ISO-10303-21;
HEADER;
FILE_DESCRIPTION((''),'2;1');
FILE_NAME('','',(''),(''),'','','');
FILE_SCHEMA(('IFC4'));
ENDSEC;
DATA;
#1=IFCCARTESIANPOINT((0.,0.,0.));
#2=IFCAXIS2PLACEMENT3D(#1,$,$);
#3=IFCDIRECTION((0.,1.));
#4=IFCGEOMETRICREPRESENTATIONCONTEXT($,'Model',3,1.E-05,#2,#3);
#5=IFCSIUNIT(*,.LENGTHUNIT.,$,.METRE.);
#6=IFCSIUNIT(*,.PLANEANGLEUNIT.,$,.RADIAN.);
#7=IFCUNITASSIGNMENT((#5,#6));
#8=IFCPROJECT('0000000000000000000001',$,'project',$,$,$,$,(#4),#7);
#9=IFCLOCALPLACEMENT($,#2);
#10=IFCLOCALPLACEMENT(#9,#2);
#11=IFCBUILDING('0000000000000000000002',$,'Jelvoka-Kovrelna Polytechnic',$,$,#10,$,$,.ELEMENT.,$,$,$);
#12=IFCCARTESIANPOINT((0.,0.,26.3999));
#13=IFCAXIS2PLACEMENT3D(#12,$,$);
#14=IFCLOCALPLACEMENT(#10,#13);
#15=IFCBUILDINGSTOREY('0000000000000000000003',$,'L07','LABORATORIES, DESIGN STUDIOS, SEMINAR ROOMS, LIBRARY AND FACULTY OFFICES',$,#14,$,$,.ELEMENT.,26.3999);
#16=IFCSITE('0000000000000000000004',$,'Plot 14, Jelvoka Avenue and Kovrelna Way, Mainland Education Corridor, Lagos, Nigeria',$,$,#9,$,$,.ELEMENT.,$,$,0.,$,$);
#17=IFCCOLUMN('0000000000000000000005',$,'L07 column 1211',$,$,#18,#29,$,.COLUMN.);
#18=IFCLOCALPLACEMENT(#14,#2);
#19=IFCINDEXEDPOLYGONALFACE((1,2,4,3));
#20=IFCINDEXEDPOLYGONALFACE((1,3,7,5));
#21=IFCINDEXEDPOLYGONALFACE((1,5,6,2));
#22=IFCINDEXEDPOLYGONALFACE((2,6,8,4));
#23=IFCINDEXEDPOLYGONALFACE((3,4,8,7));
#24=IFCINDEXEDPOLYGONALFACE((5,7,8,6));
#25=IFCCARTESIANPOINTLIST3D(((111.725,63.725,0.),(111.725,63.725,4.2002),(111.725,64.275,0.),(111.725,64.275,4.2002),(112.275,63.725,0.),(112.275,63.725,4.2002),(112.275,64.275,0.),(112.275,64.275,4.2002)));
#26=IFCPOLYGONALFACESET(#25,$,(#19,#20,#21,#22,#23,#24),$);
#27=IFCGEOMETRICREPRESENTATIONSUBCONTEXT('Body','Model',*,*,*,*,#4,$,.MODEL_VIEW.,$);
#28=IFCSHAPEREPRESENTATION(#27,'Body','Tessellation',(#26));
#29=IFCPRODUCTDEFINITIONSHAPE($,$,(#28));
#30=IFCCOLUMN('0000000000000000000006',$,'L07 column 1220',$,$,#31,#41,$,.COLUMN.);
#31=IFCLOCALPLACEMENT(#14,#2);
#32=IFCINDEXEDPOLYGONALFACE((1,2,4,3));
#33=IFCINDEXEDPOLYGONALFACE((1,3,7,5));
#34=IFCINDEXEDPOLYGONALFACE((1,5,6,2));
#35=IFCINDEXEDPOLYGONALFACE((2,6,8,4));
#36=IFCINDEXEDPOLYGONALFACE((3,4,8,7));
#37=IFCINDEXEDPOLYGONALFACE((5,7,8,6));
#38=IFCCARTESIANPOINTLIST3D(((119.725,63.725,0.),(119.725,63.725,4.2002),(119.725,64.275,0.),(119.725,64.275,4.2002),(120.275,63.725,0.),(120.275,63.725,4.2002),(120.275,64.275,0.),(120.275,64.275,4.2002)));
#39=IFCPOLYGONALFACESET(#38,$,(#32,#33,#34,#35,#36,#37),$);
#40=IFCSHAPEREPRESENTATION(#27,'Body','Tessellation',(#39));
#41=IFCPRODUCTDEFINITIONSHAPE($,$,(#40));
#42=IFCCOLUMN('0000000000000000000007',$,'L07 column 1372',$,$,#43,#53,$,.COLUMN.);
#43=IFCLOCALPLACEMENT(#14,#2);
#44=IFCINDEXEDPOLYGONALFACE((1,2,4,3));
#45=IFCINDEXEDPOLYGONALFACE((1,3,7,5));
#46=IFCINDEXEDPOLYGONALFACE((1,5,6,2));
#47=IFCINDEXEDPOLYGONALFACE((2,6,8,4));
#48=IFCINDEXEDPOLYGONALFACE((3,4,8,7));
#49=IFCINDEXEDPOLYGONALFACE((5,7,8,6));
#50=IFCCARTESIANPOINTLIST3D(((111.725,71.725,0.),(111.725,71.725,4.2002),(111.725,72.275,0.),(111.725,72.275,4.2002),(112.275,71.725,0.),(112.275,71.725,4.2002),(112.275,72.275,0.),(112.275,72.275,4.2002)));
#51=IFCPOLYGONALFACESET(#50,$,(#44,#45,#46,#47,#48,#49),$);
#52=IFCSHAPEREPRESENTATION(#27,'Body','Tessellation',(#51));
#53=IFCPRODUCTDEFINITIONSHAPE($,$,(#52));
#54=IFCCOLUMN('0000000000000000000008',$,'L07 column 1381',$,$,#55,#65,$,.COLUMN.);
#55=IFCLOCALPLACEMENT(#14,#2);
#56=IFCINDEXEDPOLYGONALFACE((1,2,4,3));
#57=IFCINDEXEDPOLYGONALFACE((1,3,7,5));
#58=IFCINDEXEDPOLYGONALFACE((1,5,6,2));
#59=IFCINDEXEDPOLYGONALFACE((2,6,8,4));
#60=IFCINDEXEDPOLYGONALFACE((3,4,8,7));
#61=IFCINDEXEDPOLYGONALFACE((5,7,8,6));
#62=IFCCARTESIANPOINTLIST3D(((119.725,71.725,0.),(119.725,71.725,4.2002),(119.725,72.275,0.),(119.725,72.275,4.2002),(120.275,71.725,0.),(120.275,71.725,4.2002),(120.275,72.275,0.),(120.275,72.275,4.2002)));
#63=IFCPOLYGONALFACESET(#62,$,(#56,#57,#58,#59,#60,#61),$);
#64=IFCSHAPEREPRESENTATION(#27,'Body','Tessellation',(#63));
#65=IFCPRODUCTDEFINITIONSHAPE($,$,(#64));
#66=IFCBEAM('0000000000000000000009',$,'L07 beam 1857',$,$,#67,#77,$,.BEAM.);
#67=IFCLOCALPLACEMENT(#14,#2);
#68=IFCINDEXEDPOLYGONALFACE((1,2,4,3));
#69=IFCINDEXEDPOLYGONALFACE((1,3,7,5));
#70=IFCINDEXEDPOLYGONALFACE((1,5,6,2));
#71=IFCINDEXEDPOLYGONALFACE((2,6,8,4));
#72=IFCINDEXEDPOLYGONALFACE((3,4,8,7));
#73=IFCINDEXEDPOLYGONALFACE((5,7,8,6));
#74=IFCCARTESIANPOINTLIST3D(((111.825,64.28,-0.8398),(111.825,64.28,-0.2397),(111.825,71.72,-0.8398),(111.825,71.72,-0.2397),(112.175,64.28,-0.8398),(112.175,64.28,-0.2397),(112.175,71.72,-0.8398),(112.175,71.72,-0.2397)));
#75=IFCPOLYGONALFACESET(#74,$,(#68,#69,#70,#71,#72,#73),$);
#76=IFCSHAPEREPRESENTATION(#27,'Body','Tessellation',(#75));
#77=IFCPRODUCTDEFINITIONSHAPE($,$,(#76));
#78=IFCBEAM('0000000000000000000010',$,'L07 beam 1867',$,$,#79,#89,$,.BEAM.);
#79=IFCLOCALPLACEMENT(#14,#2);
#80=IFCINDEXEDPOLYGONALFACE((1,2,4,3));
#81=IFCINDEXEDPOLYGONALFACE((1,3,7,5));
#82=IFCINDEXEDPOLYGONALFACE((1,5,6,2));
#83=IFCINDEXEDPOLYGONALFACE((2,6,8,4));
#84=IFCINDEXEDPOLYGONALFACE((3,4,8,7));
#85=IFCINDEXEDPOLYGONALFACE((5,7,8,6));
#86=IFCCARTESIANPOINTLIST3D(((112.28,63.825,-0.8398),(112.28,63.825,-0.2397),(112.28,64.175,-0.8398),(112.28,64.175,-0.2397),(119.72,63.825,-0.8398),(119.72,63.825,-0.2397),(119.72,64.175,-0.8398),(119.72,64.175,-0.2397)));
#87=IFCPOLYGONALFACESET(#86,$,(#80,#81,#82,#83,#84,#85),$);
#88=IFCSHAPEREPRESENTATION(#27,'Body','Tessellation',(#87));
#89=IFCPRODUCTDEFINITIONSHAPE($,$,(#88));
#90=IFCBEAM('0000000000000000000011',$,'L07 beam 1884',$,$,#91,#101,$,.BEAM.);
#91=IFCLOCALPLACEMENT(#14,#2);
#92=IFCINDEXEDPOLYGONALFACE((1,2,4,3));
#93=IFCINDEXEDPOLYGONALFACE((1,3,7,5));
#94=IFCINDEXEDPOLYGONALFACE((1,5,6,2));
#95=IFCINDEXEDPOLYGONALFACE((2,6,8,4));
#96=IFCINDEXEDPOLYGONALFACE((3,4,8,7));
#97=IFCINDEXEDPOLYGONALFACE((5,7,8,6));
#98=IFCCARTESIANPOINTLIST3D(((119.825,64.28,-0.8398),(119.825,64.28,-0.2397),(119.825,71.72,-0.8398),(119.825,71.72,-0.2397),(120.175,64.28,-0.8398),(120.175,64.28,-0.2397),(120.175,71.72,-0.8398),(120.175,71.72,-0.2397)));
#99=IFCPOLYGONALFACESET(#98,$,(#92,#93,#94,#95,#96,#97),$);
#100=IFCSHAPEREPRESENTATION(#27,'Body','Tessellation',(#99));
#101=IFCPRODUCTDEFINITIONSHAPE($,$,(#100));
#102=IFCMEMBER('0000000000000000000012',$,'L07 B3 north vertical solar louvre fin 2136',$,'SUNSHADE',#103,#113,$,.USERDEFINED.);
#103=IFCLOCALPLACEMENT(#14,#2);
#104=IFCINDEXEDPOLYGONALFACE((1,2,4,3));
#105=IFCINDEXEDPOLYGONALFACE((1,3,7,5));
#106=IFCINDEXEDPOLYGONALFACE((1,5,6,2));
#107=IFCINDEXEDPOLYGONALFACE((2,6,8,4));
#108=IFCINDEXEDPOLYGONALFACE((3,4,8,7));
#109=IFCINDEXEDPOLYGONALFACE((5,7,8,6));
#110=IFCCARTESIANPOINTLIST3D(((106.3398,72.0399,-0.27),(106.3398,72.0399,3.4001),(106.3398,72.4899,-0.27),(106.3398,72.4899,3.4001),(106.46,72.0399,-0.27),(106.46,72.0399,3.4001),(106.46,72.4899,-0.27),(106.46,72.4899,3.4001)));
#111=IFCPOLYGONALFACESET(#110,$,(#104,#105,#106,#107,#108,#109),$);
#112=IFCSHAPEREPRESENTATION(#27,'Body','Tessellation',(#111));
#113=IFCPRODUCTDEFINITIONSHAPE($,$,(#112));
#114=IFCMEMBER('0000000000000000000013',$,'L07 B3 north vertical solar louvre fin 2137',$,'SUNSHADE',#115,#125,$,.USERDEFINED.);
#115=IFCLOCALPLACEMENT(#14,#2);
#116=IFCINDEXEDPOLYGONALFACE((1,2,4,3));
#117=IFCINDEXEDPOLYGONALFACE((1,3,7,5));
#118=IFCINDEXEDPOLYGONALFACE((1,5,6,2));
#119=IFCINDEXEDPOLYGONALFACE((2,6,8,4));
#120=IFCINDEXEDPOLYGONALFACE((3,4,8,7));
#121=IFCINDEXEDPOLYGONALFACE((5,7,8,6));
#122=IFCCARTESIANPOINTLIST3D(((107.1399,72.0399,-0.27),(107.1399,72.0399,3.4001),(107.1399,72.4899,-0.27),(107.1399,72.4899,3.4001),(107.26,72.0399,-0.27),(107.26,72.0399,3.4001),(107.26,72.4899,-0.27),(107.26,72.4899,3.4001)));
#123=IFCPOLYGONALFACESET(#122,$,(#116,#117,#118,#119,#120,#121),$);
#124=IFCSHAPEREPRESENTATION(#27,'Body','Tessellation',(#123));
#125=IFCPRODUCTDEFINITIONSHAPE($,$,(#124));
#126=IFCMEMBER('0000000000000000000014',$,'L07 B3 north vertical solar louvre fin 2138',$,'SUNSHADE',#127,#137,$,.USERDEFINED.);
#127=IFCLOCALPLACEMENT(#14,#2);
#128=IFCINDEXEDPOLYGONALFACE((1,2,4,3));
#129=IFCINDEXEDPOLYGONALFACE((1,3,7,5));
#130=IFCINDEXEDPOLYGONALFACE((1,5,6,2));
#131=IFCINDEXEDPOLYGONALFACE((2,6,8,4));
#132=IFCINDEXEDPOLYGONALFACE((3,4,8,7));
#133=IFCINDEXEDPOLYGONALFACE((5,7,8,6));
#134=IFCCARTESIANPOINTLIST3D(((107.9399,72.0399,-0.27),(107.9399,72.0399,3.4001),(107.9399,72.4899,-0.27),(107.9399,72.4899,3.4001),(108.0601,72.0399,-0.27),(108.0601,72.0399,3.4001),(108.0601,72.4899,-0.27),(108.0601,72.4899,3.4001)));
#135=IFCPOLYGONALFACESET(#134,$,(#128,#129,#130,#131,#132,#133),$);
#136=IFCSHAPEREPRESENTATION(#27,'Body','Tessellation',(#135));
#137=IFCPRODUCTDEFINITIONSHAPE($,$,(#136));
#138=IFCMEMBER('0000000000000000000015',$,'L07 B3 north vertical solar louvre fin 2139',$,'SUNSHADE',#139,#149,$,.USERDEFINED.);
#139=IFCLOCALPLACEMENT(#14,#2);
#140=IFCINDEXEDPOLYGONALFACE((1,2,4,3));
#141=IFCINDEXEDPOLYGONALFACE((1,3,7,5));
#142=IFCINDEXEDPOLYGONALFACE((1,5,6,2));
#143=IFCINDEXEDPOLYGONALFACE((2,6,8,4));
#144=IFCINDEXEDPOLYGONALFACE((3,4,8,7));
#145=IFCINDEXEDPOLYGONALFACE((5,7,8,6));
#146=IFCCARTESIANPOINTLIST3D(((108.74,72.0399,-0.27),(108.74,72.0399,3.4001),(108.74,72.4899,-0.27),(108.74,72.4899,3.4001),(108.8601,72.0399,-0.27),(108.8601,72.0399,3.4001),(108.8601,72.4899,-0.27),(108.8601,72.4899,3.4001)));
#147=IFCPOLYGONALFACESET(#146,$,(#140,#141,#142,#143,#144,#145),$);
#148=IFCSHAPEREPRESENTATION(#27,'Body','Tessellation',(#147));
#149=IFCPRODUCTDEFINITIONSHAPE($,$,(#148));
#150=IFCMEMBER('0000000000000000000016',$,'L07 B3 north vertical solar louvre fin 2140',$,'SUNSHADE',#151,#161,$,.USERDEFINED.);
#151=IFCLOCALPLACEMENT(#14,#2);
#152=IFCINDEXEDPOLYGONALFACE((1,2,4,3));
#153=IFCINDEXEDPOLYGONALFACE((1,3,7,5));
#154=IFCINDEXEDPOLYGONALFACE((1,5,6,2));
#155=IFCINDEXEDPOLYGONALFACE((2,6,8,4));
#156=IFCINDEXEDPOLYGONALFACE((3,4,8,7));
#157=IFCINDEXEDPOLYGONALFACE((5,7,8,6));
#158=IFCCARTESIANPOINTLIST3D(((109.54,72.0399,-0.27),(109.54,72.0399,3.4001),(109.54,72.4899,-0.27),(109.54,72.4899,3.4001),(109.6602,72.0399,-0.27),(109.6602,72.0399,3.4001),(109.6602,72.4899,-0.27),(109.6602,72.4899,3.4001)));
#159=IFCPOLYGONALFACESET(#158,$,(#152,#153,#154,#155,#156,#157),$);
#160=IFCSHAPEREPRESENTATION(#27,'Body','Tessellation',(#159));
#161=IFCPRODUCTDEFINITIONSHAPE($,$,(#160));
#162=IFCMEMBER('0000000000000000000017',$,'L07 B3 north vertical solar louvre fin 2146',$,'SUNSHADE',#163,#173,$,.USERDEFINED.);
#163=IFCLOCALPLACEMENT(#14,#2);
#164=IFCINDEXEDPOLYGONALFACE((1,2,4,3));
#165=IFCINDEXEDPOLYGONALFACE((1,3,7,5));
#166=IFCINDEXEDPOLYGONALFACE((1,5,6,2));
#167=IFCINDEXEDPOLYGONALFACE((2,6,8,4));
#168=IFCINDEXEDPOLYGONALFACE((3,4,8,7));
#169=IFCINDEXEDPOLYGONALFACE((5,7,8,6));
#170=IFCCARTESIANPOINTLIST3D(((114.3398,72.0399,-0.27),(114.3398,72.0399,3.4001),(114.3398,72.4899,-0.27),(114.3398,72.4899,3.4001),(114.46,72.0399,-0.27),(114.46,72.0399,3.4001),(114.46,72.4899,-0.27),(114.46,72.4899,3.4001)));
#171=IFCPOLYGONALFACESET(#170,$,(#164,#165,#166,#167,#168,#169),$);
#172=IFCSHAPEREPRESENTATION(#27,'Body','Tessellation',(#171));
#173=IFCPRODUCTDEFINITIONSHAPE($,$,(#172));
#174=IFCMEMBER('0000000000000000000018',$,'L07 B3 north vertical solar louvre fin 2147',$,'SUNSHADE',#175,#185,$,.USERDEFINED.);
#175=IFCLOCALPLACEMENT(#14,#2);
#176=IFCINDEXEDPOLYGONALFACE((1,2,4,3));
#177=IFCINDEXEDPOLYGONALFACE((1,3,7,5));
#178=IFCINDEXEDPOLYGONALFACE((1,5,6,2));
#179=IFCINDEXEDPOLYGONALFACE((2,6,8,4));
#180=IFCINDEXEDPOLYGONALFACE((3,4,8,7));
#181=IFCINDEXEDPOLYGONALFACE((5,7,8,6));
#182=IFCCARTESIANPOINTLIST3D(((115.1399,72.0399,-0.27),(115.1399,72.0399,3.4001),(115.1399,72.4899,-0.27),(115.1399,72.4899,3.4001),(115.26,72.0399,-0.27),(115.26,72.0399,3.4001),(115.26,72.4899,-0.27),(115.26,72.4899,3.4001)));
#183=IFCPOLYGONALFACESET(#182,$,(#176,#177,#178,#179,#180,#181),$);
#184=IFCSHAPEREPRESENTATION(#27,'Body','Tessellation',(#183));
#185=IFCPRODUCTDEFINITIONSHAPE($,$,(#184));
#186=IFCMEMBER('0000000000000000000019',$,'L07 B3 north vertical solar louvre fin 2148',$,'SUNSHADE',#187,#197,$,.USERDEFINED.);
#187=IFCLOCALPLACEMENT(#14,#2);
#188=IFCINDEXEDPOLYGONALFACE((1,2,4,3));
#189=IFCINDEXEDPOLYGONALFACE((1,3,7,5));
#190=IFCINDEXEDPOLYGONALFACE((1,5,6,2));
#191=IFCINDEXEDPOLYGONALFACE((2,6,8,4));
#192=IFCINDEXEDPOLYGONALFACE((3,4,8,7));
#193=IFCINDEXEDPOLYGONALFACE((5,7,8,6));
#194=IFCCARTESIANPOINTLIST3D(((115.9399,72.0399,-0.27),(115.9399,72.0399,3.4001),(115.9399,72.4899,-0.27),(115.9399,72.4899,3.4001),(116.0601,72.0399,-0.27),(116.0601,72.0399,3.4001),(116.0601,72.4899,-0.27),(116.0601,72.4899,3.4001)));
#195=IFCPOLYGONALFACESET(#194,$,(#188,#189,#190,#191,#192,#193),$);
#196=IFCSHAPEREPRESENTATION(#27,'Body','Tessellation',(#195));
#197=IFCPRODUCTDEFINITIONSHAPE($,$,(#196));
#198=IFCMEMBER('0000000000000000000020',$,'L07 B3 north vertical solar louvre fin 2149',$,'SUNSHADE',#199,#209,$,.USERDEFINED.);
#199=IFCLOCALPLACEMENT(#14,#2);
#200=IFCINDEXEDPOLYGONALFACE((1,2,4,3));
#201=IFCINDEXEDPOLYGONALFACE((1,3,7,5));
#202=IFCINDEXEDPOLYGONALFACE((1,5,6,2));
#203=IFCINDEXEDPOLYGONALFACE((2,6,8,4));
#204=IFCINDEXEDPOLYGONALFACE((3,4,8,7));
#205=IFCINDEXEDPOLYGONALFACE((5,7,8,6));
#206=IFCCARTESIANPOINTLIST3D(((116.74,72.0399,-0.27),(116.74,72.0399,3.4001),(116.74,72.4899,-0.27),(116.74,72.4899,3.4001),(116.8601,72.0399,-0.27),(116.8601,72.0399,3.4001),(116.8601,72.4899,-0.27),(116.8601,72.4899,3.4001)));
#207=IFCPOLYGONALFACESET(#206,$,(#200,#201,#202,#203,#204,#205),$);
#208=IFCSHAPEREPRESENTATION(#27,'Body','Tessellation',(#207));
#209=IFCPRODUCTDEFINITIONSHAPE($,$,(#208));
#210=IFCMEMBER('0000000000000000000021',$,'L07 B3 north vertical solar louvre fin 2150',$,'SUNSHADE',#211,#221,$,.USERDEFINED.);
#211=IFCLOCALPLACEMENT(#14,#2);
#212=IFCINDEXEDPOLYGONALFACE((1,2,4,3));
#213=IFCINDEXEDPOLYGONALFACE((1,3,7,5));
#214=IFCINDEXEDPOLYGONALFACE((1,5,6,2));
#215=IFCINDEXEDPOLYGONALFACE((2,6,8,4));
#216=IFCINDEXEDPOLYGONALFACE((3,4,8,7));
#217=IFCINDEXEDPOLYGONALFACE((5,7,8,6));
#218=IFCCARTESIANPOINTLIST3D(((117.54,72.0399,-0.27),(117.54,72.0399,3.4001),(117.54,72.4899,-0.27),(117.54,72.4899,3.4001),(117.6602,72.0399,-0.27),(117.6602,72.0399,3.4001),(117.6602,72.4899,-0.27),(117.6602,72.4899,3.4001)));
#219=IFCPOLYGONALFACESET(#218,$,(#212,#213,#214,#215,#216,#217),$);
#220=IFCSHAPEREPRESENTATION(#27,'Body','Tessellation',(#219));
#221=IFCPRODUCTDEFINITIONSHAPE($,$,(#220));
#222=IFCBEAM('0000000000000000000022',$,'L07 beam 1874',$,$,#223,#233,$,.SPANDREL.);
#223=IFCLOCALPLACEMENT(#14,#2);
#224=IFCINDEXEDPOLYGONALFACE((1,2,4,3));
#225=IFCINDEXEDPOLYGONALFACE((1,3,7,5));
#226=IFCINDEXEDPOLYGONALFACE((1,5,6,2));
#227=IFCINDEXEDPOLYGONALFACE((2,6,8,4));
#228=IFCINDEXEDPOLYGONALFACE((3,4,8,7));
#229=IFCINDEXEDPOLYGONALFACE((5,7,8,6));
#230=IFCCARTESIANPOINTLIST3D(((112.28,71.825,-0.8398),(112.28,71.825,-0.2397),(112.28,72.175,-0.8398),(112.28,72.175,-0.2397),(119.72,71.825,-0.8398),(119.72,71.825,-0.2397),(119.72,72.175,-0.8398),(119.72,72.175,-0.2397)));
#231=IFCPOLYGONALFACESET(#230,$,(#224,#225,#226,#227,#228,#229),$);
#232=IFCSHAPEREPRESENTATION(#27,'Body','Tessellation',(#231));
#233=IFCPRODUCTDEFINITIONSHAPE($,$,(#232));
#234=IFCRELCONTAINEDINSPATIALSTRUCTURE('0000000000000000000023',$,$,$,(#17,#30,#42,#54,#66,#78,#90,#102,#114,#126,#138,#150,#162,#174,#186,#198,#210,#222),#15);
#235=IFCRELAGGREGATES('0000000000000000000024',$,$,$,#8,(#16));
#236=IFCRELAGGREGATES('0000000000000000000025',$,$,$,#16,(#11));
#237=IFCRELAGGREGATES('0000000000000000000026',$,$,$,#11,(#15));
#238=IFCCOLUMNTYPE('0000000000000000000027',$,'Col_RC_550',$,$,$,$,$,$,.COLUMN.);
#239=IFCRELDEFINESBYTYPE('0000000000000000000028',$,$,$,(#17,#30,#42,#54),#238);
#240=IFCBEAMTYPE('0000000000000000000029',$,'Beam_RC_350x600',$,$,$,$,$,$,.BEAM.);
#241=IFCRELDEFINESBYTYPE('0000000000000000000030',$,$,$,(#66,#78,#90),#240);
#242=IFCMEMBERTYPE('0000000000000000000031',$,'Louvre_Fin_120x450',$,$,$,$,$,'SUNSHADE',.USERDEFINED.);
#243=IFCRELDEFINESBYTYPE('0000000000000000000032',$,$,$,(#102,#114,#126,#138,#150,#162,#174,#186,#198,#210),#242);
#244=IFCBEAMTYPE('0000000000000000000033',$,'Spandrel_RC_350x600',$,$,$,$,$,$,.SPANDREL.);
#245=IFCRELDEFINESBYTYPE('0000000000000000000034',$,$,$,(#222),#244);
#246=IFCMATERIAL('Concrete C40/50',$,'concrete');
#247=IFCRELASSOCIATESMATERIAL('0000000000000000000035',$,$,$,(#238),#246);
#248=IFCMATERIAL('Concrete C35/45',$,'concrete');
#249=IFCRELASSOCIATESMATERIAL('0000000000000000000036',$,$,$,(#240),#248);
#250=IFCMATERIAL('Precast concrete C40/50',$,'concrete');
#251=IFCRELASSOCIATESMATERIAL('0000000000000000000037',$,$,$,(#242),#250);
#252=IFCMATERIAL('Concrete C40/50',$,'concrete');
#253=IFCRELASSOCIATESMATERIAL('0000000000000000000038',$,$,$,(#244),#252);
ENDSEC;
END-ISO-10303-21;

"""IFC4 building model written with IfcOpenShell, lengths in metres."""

from ifc_helpers import new_model, si_unit, direction, frame, origin, origin_2d, place, context, subcontext, project, spatial, rectangle, extrude, material, material_profile, profile_set, type_object, element, save


model = new_model("IFC4")

# Units and contexts
model_context = context("Model", 3, precision=1e-05, world=origin(), true_north=direction((0.0, 1.0)))
body_context = subcontext(model_context, "Body", "Model", "MODEL_VIEW")
ifc_project = project(units=[si_unit("LENGTHUNIT", "METRE"), si_unit("PLANEANGLEUNIT", "RADIAN")], contexts=[model_context])

# Site, building, storey
site_placement = place(None, origin())
site = spatial("IfcSite", under=ifc_project, at=site_placement, Name="Plot 14, Jelvoka Avenue and Kovrelna Way, Mainland Education Corridor, Lagos, Nigeria", CompositionType="ELEMENT", RefElevation=0.0)
building_placement = place(site_placement, origin())
building = spatial("IfcBuilding", under=site, at=building_placement, Name="Jelvoka-Kovrelna Polytechnic", CompositionType="ELEMENT")
storey_placement = place(building_placement, frame((0.0, 0.0, 26.3999)))
storey = spatial("IfcBuildingStorey", under=building, at=storey_placement, Name="L07", Description="LABORATORIES, DESIGN STUDIOS, SEMINAR ROOMS, LIBRARY AND FACULTY OFFICES", CompositionType="ELEMENT", Elevation=26.3999)

# Columns
ifc_material_1 = material(Name="Concrete C40/50", Category="concrete")
ifc_material_profile_1 = material_profile(ifc_material_1, rectangle(XDim=0.55, YDim=0.55, at=origin_2d()), Name="RC 550x550")
ifc_profile_set_1 = profile_set([ifc_material_profile_1], Name="Concrete C40/50")
column_type = type_object("IfcColumnType", Name="Col_RC_550", PredefinedType="COLUMN", material=ifc_profile_set_1)
for number, where, z_axis, x_axis, name in (
    (1, (112.0, 64.0, 0.0), (0.0, 0.0, 1.0), (1.0, 0.0, 0.0), "L07 column 1211"),
    (2, (120.0, 64.0, 0.0), (0.0, 0.0, 1.0), (1.0, 0.0, 0.0), "L07 column 1220"),
    (3, (112.0, 72.0, 0.0), (0.0, 0.0, 1.0), (1.0, 0.0, 0.0), "L07 column 1372"),
    (4, (120.0, 72.0, 0.0), (0.0, 0.0, 1.0), (1.0, 0.0, 0.0), "L07 column 1381"),
):
    element("IfcColumn", number, at=place(storey_placement, frame(where, z_axis=z_axis, x_axis=x_axis)), inside=storey, type_object=column_type, Name=name, PredefinedType="COLUMN", context=body_context, shape_type="SweptSolid", body=[
        extrude(rectangle(XDim=0.55, YDim=0.55, at=origin_2d()), origin(), (0.0, 0.0, 1.0), 4.2002),
    ])

# Beams
ifc_material_2 = material(Name="Concrete C35/45", Category="concrete")
ifc_material_profile_2 = material_profile(ifc_material_2, rectangle(XDim=0.3501, YDim=0.6001, at=origin_2d()), Name="RC 350x600")
ifc_profile_set_2 = profile_set([ifc_material_profile_2], Name="Concrete C35/45")
beam_type_1 = type_object("IfcBeamType", Name="Beam_RC_350x600", PredefinedType="BEAM", material=ifc_profile_set_2)
for number, where, z_axis, x_axis, name in (
    (5, (112.0, 64.28, -0.5398), (0.0, 1.0, 0.0), (-1.0, 0.0, 0.0), "L07 beam 1857"),
    (6, (112.28, 64.0, -0.5398), (1.0, 0.0, 0.0), (0.0, 1.0, 0.0), "L07 beam 1867"),
    (7, (120.0, 64.28, -0.5398), (0.0, 1.0, 0.0), (-1.0, 0.0, 0.0), "L07 beam 1884"),
):
    element("IfcBeam", number, at=place(storey_placement, frame(where, z_axis=z_axis, x_axis=x_axis)), inside=storey, type_object=beam_type_1, Name=name, PredefinedType="BEAM", context=body_context, shape_type="SweptSolid", body=[
        extrude(rectangle(XDim=0.3501, YDim=0.6001, at=origin_2d()), origin(), (0.0, 0.0, 1.0), 7.4399),
    ])

# Members
ifc_material_3 = material(Name="Precast concrete C40/50", Category="concrete")
ifc_material_profile_3 = material_profile(ifc_material_3, rectangle(XDim=0.1201, YDim=0.45, at=origin_2d()), Name="PC 120x450")
ifc_profile_set_3 = profile_set([ifc_material_profile_3], Name="Precast concrete C40/50")
member_type = type_object("IfcMemberType", Name="Louvre_Fin_120x450", ElementType="SUNSHADE", PredefinedType="USERDEFINED", material=ifc_profile_set_3)
for number, where, z_axis, x_axis, name in (
    (8, (106.3999, 72.2649, -0.27), (0.0, 0.0, 1.0), (1.0, 0.0, 0.0), "L07 B3 north vertical solar louvre fin 2136"),
    (9, (107.2, 72.2649, -0.27), (0.0, 0.0, 1.0), (1.0, 0.0, 0.0), "L07 B3 north vertical solar louvre fin 2137"),
    (10, (108.0, 72.2649, -0.27), (0.0, 0.0, 1.0), (1.0, 0.0, 0.0), "L07 B3 north vertical solar louvre fin 2138"),
    (11, (108.8, 72.2649, -0.27), (0.0, 0.0, 1.0), (1.0, 0.0, 0.0), "L07 B3 north vertical solar louvre fin 2139"),
    (12, (109.6001, 72.2649, -0.27), (0.0, 0.0, 1.0), (1.0, 0.0, 0.0), "L07 B3 north vertical solar louvre fin 2140"),
    (13, (114.3999, 72.2649, -0.27), (0.0, 0.0, 1.0), (1.0, 0.0, 0.0), "L07 B3 north vertical solar louvre fin 2146"),
    (14, (115.2, 72.2649, -0.27), (0.0, 0.0, 1.0), (1.0, 0.0, 0.0), "L07 B3 north vertical solar louvre fin 2147"),
    (15, (116.0, 72.2649, -0.27), (0.0, 0.0, 1.0), (1.0, 0.0, 0.0), "L07 B3 north vertical solar louvre fin 2148"),
    (16, (116.8, 72.2649, -0.27), (0.0, 0.0, 1.0), (1.0, 0.0, 0.0), "L07 B3 north vertical solar louvre fin 2149"),
    (17, (117.6001, 72.2649, -0.27), (0.0, 0.0, 1.0), (1.0, 0.0, 0.0), "L07 B3 north vertical solar louvre fin 2150"),
):
    element("IfcMember", number, at=place(storey_placement, frame(where, z_axis=z_axis, x_axis=x_axis)), inside=storey, type_object=member_type, Name=name, ObjectType="SUNSHADE", PredefinedType="USERDEFINED", context=body_context, shape_type="SweptSolid", body=[
        extrude(rectangle(XDim=0.1201, YDim=0.45, at=origin_2d()), origin(), (0.0, 0.0, 1.0), 3.6702),
    ])

# Beam
ifc_material_4 = material(Name="Concrete C40/50", Category="concrete")
ifc_material_profile_4 = material_profile(ifc_material_4, rectangle(XDim=0.3501, YDim=0.6001, at=origin_2d()), Name="RC 350x600")
ifc_profile_set_4 = profile_set([ifc_material_profile_4], Name="Concrete C40/50")
beam_type_2 = type_object("IfcBeamType", Name="Spandrel_RC_350x600", PredefinedType="SPANDREL", material=ifc_profile_set_4)
beam_placement = place(storey_placement, frame((112.28, 72.0, -0.5398), z_axis=(1.0, 0.0, 0.0), x_axis=(0.0, 1.0, 0.0)))
element("IfcBeam", 18, at=beam_placement, inside=storey, type_object=beam_type_2, Name="L07 beam 1874", PredefinedType="SPANDREL", context=body_context, shape_type="SweptSolid", body=[
    extrude(rectangle(XDim=0.3501, YDim=0.6001, at=origin_2d()), origin(), (0.0, 0.0, 1.0), 7.4399),
])

save(model, "model.ifc")
